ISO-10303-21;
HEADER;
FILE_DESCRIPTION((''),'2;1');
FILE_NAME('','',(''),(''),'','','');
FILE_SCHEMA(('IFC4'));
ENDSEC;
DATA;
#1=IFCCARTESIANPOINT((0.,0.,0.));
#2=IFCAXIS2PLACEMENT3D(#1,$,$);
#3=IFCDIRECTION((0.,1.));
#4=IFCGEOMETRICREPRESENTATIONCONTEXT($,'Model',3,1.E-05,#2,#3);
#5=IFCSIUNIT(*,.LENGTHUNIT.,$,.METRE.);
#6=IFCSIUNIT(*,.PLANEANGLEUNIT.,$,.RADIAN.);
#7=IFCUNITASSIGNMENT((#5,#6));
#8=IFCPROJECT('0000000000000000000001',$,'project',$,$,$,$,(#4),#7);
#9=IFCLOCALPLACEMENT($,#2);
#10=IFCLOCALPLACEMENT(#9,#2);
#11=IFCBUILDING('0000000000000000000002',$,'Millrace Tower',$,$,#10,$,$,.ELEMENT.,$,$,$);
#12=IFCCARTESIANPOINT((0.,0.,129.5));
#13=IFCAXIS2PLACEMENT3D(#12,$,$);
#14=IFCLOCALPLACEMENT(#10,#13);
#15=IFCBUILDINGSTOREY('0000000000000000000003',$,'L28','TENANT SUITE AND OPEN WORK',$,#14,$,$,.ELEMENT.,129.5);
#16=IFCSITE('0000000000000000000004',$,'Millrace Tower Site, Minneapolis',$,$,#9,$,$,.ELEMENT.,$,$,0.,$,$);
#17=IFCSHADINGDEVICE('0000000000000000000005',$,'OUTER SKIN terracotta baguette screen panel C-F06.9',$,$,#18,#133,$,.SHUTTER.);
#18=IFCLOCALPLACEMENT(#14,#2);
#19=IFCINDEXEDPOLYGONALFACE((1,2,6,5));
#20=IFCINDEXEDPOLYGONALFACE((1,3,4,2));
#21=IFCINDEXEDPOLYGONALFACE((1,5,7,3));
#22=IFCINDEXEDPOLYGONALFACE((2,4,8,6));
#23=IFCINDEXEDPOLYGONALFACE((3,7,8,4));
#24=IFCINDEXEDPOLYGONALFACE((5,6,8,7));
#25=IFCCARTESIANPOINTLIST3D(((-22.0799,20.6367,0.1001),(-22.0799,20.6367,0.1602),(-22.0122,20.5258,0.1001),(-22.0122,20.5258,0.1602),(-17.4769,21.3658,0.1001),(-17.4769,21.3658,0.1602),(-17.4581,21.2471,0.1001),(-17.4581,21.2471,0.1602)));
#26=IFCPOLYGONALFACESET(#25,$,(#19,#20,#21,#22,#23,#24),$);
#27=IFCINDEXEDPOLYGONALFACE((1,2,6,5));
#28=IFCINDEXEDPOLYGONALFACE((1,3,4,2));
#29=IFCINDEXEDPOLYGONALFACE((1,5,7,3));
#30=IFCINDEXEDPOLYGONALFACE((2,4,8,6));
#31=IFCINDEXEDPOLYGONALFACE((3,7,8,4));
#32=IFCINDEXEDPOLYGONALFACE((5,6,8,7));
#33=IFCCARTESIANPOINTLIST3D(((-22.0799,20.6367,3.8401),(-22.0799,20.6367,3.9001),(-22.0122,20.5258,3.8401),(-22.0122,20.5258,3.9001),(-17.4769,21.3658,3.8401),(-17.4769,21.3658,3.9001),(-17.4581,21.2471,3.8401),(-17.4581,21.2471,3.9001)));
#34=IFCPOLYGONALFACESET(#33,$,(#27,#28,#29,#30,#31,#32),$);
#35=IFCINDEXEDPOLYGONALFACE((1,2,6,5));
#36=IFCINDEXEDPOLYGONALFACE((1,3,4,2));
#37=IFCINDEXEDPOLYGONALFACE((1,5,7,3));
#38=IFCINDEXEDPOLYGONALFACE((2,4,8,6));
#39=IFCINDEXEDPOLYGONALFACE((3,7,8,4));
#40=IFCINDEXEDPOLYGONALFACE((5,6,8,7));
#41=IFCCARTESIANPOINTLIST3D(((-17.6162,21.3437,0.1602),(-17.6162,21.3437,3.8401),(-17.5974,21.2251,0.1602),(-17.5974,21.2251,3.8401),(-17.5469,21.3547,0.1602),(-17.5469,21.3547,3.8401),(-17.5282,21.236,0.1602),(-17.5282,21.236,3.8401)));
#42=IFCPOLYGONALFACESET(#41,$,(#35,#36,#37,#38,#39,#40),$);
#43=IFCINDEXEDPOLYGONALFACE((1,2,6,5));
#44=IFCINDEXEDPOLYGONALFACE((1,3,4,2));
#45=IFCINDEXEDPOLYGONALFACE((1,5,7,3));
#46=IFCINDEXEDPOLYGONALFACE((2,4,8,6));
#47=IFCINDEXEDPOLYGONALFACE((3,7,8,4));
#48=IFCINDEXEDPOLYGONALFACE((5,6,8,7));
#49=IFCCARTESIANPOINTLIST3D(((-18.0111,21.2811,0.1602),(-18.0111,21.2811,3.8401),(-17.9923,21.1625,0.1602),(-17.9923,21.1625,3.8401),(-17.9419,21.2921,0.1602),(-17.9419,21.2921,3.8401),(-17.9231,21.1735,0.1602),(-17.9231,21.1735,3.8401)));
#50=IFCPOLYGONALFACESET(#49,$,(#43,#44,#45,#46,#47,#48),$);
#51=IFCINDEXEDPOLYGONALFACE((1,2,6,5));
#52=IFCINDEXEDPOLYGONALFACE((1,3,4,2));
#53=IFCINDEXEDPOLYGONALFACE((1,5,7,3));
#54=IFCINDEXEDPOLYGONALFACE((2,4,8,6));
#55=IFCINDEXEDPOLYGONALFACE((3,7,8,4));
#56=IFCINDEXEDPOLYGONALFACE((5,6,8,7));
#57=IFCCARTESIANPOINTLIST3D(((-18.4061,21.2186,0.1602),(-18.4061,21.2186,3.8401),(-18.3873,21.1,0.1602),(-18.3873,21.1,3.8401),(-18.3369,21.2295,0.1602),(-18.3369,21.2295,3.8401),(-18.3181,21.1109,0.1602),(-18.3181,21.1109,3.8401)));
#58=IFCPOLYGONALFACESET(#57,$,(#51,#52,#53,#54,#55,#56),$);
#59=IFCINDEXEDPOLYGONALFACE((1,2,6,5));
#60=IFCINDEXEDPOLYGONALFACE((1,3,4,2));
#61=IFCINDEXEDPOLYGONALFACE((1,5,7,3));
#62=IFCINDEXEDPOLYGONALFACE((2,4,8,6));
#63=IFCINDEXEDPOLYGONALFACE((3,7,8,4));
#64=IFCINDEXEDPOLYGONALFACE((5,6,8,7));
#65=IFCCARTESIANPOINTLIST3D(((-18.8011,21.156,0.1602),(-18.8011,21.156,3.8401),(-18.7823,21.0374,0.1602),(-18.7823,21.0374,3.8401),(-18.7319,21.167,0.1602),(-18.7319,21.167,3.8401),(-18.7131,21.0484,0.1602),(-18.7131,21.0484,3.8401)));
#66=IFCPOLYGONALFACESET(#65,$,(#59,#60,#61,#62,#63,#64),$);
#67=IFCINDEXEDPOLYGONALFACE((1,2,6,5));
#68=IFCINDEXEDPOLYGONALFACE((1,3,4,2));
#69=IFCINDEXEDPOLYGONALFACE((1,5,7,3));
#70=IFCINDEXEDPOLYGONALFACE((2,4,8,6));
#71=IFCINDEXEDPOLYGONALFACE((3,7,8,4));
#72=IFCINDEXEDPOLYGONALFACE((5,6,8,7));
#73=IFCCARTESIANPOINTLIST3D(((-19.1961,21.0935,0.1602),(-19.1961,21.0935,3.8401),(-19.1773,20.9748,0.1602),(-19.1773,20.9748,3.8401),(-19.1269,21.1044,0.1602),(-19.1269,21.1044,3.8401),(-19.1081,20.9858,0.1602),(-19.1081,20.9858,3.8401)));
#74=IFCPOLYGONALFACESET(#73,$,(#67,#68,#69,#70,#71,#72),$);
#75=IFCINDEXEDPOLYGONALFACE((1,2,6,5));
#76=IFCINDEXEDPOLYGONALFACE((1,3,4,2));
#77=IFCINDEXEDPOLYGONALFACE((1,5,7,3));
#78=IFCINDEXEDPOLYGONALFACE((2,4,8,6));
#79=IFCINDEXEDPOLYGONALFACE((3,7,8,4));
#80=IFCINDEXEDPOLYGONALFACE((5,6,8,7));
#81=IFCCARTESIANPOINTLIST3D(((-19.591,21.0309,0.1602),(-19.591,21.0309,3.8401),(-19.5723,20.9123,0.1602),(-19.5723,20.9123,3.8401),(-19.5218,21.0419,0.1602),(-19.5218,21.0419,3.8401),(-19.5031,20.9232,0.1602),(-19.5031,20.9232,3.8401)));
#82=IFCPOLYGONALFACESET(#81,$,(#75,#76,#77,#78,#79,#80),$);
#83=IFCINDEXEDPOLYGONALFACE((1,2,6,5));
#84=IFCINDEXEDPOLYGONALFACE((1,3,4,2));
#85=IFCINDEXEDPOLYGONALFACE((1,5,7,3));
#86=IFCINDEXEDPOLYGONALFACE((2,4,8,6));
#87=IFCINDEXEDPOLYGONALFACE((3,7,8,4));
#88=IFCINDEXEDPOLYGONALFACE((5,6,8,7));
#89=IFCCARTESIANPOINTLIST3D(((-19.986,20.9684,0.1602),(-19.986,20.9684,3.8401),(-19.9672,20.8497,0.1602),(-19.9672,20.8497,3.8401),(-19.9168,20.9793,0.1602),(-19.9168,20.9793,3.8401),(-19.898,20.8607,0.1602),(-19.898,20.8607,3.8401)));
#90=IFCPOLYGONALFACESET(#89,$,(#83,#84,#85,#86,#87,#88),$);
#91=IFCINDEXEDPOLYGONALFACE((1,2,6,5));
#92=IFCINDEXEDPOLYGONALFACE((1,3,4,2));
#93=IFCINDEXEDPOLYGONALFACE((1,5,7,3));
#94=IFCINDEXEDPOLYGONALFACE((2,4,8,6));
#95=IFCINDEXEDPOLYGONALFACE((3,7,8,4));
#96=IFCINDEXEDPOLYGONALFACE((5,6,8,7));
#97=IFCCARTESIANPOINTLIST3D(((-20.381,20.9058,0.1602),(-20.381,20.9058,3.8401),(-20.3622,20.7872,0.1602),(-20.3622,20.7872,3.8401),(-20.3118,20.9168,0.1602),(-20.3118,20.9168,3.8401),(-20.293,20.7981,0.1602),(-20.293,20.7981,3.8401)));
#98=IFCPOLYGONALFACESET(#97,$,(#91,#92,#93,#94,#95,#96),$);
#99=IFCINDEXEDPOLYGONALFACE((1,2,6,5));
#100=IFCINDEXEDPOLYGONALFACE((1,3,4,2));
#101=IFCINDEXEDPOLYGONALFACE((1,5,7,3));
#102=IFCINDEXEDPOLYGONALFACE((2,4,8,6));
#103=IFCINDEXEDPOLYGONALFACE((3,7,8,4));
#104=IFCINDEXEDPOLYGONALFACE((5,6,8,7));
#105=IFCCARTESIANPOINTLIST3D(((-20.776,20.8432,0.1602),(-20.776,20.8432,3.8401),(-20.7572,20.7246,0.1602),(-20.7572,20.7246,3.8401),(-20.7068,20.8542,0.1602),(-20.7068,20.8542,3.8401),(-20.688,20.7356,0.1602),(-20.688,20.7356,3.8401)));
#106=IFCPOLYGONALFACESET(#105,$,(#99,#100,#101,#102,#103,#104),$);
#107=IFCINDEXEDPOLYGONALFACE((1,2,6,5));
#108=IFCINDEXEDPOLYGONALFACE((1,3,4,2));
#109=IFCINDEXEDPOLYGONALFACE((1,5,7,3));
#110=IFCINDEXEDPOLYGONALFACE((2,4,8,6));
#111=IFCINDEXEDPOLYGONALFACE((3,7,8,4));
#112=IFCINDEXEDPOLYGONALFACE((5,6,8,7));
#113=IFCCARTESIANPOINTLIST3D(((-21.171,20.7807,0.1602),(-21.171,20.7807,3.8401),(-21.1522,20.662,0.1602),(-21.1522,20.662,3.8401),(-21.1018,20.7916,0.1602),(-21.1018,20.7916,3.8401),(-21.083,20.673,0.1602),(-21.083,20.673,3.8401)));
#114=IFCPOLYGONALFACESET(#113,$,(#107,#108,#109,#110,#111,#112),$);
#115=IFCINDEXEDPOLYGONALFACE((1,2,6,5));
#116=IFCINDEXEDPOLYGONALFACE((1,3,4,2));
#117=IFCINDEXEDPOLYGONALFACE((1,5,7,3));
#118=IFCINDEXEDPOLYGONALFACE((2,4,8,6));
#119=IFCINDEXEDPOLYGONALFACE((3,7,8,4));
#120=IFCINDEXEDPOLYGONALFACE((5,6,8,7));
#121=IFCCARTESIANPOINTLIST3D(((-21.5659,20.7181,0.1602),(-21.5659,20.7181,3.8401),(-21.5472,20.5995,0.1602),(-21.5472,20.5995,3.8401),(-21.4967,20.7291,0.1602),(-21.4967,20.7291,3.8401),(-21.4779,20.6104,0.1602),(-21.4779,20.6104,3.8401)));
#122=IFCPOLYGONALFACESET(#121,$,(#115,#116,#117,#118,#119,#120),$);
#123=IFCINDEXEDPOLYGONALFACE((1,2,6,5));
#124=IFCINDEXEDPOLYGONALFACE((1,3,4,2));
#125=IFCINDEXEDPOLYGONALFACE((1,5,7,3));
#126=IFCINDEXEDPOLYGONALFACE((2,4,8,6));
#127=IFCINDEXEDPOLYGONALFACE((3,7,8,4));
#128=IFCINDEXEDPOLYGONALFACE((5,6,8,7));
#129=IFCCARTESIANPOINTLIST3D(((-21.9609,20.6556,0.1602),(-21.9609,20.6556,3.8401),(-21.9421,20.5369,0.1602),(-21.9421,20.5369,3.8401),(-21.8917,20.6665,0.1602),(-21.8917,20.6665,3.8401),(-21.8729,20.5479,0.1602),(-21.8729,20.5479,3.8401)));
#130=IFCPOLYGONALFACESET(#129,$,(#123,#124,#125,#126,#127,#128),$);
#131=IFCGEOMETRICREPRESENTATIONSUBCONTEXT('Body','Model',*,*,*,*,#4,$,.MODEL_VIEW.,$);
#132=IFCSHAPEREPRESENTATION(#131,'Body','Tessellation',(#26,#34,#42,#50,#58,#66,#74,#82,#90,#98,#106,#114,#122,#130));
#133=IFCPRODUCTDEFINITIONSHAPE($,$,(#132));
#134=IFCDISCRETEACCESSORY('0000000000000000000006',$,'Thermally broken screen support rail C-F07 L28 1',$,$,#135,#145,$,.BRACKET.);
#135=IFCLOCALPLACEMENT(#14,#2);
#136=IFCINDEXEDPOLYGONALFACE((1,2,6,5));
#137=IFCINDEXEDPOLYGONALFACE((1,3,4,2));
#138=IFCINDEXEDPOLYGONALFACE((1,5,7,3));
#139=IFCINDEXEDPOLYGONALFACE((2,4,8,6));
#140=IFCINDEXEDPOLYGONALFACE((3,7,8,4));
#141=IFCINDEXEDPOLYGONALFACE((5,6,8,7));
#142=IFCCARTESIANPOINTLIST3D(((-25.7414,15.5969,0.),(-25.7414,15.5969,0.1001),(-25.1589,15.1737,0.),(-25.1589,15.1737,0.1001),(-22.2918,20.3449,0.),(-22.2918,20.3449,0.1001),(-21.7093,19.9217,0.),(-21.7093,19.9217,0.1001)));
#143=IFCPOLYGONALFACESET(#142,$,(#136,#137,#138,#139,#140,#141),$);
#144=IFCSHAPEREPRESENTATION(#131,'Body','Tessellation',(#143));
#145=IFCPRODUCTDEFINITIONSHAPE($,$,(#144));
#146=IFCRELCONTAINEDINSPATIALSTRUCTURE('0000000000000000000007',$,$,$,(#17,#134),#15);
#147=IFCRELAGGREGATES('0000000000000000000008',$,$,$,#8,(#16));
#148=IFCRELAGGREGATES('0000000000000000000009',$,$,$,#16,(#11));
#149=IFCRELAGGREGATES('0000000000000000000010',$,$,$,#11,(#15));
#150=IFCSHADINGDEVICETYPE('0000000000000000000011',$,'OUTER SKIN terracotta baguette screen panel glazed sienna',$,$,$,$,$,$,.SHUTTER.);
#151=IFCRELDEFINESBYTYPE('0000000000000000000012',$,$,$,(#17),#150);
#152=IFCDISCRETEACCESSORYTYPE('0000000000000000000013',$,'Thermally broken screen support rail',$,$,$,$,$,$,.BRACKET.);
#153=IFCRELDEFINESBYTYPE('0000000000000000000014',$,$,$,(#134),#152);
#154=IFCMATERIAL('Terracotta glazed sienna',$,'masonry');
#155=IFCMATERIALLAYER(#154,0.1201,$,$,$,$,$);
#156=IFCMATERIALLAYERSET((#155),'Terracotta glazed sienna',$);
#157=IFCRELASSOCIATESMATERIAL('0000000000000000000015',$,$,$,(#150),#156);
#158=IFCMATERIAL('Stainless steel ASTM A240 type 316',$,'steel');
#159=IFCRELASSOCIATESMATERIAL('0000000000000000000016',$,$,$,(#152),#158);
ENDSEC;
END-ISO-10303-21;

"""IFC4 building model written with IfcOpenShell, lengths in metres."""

from ifc_helpers import new_model, entity, si_unit, direction, frame, frame_2d, origin, origin_2d, place, context, subcontext, project, spatial, rectangle, extrude, source, transform, mapped, material, layer, layer_set, type_object, element, save


model = new_model("IFC4")

# Units and contexts
model_context = context("Model", 3, precision=1e-05, world=origin(), true_north=direction((0.0, 1.0)))
body_context = subcontext(model_context, "Body", "Model", "MODEL_VIEW")
ifc_project = project(units=[si_unit("LENGTHUNIT", "METRE"), si_unit("PLANEANGLEUNIT", "RADIAN")], contexts=[model_context])

# Site, building, storey
site_placement = place(None, origin())
site = spatial("IfcSite", under=ifc_project, at=site_placement, Name="Millrace Tower Site, Minneapolis", CompositionType="ELEMENT", RefElevation=0.0)
building_placement = place(site_placement, origin())
building = spatial("IfcBuilding", under=site, at=building_placement, Name="Millrace Tower", CompositionType="ELEMENT")
storey_placement = place(building_placement, frame((0.0, 0.0, 129.5)))
storey = spatial("IfcBuildingStorey", under=building, at=storey_placement, Name="L28", Description="TENANT SUITE AND OPEN WORK", CompositionType="ELEMENT", Elevation=129.5)

# Shading device
ifc_material_1 = material(Name="Terracotta glazed sienna", Category="masonry")
ifc_layer_1 = layer(ifc_material_1, 0.1201)
ifc_layer_set_1 = layer_set([ifc_layer_1], Name="Terracotta glazed sienna")
shading_device_type = type_object("IfcShadingDeviceType", Name="OUTER SKIN terracotta baguette screen panel glazed sienna", PredefinedType="SHUTTER", material=ifc_layer_set_1)
cartesian_point_1 = entity("IfcCartesianPoint", [-2.3179, 0.0601])
shared_polyline_1 = entity("IfcPolyline", [cartesian_point_1, entity("IfcCartesianPoint", [2.293, 0.0601]), entity("IfcCartesianPoint", [2.3425, -0.0601]), entity("IfcCartesianPoint", [-2.3179, -0.0601]), cartesian_point_1])
shared_shape_1 = source(origin(), body_context, "Body", "SweptSolid", [
    entity("IfcExtrudedAreaSolid", entity("IfcArbitraryClosedProfileDef", "AREA", None, shared_polyline_1), entity("IfcAxis2Placement3D", entity("IfcCartesianPoint", [0.0, 0.0, 0.0])), entity("IfcDirection", [0.0, 0.0, 1.0]), 0.0601),
    entity("IfcExtrudedAreaSolid", entity("IfcArbitraryClosedProfileDef", "AREA", None, shared_polyline_1), entity("IfcAxis2Placement3D", entity("IfcCartesianPoint", [0.0, 0.0, 3.74])), entity("IfcDirection", [0.0, 0.0, 1.0]), 0.0601),
    extrude(rectangle(XDim=0.0701, YDim=0.1201, at=frame_2d((-2.2119, 0.0))), frame((0.0, 0.0, 0.0601)), (0.0, 0.0, 1.0), 3.6799),
    extrude(rectangle(XDim=0.0701, YDim=0.1201, at=frame_2d((-1.812, 0.0))), frame((0.0, 0.0, 0.0601)), (0.0, 0.0, 1.0), 3.6799),
    extrude(rectangle(XDim=0.0701, YDim=0.1201, at=frame_2d((-1.4121, 0.0))), frame((0.0, 0.0, 0.0601)), (0.0, 0.0, 1.0), 3.6799),
    extrude(rectangle(XDim=0.0701, YDim=0.1201, at=frame_2d((-1.0122, 0.0))), frame((0.0, 0.0, 0.0601)), (0.0, 0.0, 1.0), 3.6799),
    extrude(rectangle(XDim=0.0701, YDim=0.1201, at=frame_2d((-0.6123, 0.0))), frame((0.0, 0.0, 0.0601)), (0.0, 0.0, 1.0), 3.6799),
    extrude(rectangle(XDim=0.0701, YDim=0.1201, at=frame_2d((-0.2124, 0.0))), frame((0.0, 0.0, 0.0601)), (0.0, 0.0, 1.0), 3.6799),
    extrude(rectangle(XDim=0.0701, YDim=0.1201, at=frame_2d((0.1875, 0.0))), frame((0.0, 0.0, 0.0601)), (0.0, 0.0, 1.0), 3.6799),
    extrude(rectangle(XDim=0.0701, YDim=0.1201, at=frame_2d((0.5874, 0.0))), frame((0.0, 0.0, 0.0601)), (0.0, 0.0, 1.0), 3.6799),
    extrude(rectangle(XDim=0.0701, YDim=0.1201, at=frame_2d((0.9873, 0.0))), frame((0.0, 0.0, 0.0601)), (0.0, 0.0, 1.0), 3.6799),
    extrude(rectangle(XDim=0.0701, YDim=0.1201, at=frame_2d((1.3872, 0.0))), frame((0.0, 0.0, 0.0601)), (0.0, 0.0, 1.0), 3.6799),
    extrude(rectangle(XDim=0.0701, YDim=0.1201, at=frame_2d((1.7871, 0.0))), frame((0.0, 0.0, 0.0601)), (0.0, 0.0, 1.0), 3.6799),
    extrude(rectangle(XDim=0.0701, YDim=0.1201, at=frame_2d((2.187, 0.0))), frame((0.0, 0.0, 0.0601)), (0.0, 0.0, 1.0), 3.6799),
])
shading_device_1_placement = place(storey_placement, frame((-19.7568, 20.9438, 0.1001), z_axis=(0.0, 0.0, 1.0), x_axis=(-0.987688, -0.156434, 0.0)))
element("IfcShadingDevice", 1, at=shading_device_1_placement, inside=storey, type_object=shading_device_type, Name="OUTER SKIN terracotta baguette screen panel C-F06.9", PredefinedType="SHUTTER", context=body_context, shape_type="MappedRepresentation", body=[
    mapped(shared_shape_1, transform((0.0, 0.0, 0.0), scale=1.0)),
])

# Discrete accessory
ifc_material_2 = material(Name="Stainless steel ASTM A240 type 316", Category="steel")
discrete_accessory_type = type_object("IfcDiscreteAccessoryType", Name="Thermally broken screen support rail", PredefinedType="BRACKET", material=ifc_material_2)
discrete_accessory_placement = place(storey_placement, frame((-23.7253, 17.7593, 0.0), z_axis=(0.0, 0.0, 1.0), x_axis=(-0.587785, -0.809017, 0.0)))
element("IfcDiscreteAccessory", 2, at=discrete_accessory_placement, inside=storey, type_object=discrete_accessory_type, Name="Thermally broken screen support rail C-F07 L28 1", PredefinedType="BRACKET", context=body_context, shape_type="SweptSolid", body=[
    extrude(rectangle(XDim=5.8689, YDim=0.72, at=origin_2d()), origin(), (0.0, 0.0, 1.0), 0.1001),
])

save(model, "model.ifc")
